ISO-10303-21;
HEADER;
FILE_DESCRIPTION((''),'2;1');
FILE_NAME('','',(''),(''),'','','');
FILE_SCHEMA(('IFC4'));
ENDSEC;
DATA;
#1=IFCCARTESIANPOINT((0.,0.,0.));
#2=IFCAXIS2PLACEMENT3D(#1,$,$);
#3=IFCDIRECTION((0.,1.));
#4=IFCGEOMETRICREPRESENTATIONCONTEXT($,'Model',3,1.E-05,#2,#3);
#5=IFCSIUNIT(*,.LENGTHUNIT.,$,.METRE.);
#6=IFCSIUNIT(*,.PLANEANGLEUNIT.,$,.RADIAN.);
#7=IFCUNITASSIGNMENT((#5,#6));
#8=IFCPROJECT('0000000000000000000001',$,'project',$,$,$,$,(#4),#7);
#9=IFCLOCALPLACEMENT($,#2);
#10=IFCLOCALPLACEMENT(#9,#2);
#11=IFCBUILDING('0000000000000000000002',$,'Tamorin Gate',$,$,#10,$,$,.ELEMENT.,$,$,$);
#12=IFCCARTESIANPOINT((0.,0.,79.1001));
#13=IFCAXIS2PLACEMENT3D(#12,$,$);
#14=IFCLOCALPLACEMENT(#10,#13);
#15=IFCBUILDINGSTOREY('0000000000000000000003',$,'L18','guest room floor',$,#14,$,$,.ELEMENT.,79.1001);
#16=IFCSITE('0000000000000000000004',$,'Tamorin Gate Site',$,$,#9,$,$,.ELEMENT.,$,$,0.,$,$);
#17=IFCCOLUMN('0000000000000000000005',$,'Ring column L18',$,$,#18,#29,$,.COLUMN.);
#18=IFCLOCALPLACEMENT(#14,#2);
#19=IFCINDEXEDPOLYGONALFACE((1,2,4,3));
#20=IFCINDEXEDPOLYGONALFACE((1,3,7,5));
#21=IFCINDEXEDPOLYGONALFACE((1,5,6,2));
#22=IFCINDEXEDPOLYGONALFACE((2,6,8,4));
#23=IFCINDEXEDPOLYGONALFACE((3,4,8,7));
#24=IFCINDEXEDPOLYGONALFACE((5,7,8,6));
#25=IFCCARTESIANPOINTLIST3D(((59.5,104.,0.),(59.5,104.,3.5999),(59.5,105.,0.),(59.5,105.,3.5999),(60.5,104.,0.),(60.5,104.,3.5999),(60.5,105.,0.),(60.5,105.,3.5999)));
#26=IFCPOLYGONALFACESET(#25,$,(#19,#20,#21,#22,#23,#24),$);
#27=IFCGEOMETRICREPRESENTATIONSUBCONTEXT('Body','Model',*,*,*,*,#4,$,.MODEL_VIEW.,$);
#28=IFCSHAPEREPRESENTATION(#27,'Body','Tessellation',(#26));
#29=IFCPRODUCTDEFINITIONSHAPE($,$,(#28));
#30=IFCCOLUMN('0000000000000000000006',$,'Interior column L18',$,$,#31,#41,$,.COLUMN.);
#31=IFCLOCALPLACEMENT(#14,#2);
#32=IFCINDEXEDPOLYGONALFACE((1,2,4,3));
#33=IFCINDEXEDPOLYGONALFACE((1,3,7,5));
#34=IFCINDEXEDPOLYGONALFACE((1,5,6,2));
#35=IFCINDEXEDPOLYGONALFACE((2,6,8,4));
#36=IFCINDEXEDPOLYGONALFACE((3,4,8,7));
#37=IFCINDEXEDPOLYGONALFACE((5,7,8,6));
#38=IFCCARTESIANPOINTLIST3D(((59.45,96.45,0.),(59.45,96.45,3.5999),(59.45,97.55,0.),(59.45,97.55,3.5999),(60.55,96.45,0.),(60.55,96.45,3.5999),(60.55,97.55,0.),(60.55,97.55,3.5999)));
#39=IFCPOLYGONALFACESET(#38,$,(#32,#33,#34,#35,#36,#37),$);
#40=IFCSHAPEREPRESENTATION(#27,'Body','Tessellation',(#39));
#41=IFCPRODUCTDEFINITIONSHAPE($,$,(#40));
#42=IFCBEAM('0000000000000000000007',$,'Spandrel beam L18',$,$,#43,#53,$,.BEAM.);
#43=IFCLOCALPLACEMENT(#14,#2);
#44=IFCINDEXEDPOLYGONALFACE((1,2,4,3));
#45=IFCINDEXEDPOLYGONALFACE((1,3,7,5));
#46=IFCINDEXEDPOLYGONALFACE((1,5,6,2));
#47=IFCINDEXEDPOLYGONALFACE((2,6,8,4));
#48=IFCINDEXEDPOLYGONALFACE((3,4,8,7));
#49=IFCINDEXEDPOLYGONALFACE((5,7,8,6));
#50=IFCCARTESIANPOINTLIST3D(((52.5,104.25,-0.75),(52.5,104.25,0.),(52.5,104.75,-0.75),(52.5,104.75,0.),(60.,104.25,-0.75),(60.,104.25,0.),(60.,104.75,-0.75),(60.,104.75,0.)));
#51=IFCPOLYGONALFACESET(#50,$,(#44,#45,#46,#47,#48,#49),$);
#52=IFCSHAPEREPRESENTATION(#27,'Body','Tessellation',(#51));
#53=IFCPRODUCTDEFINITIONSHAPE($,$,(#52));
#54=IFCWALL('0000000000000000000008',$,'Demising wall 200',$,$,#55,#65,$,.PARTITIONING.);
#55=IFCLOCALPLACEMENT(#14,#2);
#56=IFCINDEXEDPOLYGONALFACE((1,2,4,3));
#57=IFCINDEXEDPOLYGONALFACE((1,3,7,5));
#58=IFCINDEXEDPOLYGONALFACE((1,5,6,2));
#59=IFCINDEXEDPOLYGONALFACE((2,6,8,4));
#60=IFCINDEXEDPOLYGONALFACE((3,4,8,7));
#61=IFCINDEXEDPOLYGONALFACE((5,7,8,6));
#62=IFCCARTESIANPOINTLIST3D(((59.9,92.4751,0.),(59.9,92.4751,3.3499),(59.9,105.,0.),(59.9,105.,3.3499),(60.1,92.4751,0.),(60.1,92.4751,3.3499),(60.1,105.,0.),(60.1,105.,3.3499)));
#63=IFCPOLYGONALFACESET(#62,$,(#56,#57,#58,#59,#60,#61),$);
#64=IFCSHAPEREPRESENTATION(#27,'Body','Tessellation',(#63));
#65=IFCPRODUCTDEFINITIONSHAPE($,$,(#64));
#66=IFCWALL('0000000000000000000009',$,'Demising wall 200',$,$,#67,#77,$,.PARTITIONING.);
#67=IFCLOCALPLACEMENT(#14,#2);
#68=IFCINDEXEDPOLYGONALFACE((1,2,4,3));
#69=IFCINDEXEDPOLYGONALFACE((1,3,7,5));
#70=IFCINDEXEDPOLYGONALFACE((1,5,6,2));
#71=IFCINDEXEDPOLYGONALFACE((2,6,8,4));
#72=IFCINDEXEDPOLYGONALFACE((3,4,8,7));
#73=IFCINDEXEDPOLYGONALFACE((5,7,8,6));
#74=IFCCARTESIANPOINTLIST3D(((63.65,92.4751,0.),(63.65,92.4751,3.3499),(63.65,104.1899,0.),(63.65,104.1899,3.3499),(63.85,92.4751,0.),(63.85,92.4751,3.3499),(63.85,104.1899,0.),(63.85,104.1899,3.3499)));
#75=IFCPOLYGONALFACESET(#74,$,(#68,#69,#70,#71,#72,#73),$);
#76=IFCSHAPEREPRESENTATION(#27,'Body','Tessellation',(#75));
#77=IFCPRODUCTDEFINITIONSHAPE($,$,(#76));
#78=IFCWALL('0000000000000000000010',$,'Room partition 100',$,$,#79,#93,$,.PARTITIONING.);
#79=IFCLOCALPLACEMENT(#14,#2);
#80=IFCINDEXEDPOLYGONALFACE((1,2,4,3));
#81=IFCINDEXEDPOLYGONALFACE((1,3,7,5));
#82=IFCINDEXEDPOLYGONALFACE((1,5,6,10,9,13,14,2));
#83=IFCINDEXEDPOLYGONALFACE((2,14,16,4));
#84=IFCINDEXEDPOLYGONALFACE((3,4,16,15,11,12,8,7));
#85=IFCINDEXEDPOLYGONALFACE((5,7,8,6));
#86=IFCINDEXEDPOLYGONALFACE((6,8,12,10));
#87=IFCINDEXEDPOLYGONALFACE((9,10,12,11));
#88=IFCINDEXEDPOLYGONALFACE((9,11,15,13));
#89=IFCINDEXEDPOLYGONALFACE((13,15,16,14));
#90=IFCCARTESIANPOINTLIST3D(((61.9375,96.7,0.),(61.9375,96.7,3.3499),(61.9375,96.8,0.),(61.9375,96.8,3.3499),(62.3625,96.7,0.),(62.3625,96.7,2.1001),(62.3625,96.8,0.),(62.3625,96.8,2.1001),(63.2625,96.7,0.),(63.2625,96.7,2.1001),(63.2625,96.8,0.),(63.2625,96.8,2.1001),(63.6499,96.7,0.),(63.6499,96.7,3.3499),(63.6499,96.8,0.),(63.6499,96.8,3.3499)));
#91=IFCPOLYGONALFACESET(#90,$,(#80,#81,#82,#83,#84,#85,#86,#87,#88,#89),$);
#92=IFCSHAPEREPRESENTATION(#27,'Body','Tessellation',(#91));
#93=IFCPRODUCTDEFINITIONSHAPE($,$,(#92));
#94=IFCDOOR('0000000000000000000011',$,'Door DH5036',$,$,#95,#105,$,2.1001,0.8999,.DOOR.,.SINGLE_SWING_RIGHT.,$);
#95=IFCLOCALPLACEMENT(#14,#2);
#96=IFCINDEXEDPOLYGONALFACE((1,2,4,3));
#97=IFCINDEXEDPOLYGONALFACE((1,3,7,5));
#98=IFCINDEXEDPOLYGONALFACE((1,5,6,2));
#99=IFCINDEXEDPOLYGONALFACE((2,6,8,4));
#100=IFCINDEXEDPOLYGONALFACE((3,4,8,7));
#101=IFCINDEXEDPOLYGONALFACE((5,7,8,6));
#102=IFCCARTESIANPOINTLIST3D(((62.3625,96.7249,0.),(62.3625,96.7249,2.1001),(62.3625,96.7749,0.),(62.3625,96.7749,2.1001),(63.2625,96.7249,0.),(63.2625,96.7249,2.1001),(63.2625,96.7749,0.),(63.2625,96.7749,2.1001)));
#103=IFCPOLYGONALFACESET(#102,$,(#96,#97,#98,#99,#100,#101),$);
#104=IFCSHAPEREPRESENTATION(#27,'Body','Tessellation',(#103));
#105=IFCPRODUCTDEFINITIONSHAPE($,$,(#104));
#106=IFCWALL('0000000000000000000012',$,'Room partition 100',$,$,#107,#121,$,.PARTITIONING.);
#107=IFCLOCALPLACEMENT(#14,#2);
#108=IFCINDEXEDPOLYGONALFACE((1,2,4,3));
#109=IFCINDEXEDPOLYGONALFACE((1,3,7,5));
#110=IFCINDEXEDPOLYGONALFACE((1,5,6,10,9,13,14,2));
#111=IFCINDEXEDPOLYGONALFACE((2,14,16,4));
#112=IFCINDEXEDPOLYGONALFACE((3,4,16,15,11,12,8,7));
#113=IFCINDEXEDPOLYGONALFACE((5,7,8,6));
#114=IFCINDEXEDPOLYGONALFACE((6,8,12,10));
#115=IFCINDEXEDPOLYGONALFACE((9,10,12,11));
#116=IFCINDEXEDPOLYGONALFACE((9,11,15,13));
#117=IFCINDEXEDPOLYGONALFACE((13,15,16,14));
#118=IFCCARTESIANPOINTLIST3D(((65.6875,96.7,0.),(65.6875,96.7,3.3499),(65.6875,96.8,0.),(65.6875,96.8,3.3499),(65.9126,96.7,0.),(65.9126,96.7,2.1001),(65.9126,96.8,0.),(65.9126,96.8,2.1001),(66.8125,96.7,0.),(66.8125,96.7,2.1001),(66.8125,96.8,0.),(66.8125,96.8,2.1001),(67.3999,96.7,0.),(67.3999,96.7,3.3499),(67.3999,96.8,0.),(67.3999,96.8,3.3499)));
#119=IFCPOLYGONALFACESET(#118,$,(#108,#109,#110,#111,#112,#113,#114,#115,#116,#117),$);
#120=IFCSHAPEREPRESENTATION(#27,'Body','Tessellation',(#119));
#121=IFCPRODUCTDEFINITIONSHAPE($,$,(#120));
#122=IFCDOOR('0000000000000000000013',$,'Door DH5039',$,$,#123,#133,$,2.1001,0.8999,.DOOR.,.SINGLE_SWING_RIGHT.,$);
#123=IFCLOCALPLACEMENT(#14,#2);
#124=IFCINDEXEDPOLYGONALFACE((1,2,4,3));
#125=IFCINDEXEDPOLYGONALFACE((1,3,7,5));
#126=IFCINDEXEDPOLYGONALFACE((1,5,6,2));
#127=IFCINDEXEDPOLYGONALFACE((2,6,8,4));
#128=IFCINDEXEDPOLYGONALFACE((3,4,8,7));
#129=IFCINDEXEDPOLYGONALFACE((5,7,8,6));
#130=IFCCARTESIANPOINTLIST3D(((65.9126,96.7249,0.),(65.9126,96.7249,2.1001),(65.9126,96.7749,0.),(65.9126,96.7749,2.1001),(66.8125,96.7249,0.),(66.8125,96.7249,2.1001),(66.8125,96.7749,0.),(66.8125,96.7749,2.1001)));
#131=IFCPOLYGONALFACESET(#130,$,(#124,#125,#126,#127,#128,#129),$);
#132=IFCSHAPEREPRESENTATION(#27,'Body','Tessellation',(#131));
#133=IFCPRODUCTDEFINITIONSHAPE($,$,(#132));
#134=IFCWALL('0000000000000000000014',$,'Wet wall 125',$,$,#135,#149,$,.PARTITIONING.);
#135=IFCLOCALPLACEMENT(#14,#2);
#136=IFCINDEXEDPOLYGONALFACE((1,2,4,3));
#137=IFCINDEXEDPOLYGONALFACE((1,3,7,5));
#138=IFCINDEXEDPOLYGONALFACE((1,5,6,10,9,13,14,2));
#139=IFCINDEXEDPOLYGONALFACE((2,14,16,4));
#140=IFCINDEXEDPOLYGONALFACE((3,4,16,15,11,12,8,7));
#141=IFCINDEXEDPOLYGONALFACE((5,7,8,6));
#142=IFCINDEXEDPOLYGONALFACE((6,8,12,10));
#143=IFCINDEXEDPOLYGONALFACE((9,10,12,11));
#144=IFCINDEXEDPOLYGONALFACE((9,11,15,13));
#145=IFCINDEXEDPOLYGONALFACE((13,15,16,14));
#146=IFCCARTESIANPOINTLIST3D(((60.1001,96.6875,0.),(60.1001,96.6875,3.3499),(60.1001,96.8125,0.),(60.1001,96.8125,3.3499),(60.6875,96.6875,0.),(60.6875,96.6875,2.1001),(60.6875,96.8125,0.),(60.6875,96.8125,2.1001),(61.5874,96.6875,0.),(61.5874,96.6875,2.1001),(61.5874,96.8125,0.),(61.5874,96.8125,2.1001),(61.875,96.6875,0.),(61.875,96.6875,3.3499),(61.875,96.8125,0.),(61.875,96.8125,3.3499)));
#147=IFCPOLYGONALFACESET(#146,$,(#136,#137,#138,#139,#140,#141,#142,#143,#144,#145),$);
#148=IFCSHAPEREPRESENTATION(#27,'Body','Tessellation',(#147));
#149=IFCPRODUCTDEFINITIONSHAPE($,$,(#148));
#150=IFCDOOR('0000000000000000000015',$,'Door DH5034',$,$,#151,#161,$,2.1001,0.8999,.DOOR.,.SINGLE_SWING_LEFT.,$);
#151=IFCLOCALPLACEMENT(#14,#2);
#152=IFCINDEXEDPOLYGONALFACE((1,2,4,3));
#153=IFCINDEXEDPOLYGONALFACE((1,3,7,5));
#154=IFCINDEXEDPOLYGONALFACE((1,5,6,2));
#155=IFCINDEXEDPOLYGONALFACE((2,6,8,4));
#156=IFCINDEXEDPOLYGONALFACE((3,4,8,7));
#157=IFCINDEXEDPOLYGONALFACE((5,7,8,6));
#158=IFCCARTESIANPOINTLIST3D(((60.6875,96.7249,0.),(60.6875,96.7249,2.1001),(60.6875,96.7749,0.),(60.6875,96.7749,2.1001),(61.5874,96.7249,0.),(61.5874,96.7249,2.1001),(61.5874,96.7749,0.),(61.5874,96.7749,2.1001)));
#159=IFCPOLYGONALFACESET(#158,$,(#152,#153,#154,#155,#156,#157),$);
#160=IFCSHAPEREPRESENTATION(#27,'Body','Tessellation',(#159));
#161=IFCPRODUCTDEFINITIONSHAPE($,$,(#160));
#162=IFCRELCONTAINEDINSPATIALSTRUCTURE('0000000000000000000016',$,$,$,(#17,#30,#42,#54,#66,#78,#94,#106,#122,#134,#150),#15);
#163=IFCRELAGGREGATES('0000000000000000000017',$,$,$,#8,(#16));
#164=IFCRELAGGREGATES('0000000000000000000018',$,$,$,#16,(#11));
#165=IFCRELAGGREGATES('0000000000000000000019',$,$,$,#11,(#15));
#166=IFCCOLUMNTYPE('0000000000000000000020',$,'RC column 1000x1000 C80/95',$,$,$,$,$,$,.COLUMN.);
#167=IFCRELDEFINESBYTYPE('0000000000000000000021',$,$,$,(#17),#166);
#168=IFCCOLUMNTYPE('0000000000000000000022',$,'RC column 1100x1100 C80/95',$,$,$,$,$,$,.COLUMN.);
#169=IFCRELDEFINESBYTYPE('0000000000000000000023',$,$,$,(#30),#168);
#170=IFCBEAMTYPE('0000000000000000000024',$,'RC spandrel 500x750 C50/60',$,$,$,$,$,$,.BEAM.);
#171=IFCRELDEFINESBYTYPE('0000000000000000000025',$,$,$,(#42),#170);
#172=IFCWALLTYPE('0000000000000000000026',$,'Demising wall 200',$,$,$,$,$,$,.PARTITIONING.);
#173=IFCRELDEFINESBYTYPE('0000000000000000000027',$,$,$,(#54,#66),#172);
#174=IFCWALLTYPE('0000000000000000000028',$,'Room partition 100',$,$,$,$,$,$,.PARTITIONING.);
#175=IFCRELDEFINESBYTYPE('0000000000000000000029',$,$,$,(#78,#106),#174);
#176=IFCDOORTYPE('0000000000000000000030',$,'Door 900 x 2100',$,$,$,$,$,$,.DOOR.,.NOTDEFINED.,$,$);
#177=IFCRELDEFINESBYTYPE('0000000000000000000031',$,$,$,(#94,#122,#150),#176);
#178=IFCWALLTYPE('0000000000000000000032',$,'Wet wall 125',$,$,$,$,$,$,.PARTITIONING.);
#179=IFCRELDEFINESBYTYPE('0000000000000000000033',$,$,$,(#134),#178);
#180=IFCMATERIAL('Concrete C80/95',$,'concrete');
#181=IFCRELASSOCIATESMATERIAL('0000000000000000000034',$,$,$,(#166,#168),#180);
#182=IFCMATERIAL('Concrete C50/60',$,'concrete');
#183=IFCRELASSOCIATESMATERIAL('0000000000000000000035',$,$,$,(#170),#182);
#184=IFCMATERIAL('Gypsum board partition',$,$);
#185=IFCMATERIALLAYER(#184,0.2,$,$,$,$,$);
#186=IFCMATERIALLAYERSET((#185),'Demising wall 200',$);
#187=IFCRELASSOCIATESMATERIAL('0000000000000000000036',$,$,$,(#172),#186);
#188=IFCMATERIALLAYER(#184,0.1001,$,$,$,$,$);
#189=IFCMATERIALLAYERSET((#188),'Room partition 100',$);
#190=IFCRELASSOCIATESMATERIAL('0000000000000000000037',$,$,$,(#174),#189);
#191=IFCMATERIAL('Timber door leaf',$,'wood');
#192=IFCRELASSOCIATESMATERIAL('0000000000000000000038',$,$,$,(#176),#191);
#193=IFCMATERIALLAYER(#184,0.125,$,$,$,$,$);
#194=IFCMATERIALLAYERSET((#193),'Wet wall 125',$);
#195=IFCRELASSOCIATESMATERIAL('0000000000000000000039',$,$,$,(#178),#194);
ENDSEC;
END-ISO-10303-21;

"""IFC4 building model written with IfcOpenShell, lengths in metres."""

from ifc_helpers import new_model, si_unit, direction, frame, frame_2d, origin, origin_2d, place, context, subcontext, project, spatial, rectangle, extrude, material, layer, layer_set, material_profile, profile_set, type_object, element, fill, save


model = new_model("IFC4")

# Units and contexts
model_context = context("Model", 3, precision=1e-05, world=origin(), true_north=direction((0.0, 1.0)))
body_context = subcontext(model_context, "Body", "Model", "MODEL_VIEW")
ifc_project = project(units=[si_unit("LENGTHUNIT", "METRE"), si_unit("PLANEANGLEUNIT", "RADIAN")], contexts=[model_context])

# Site, building, storey
site_placement = place(None, origin())
site = spatial("IfcSite", under=ifc_project, at=site_placement, Name="Tamorin Gate Site", CompositionType="ELEMENT", RefElevation=0.0)
building_placement = place(site_placement, origin())
building = spatial("IfcBuilding", under=site, at=building_placement, Name="Tamorin Gate", CompositionType="ELEMENT")
storey_placement = place(building_placement, frame((0.0, 0.0, 79.1001)))
storey = spatial("IfcBuildingStorey", under=building, at=storey_placement, Name="L18", Description="guest room floor", CompositionType="ELEMENT", Elevation=79.1001)

# Columns
ifc_material_1 = material(Name="Concrete C80/95", Category="concrete")
ifc_material_profile_1 = material_profile(ifc_material_1, rectangle(XDim=1.0, YDim=1.0, at=origin_2d()), Name="RC 1000x1000")
ifc_profile_set_1 = profile_set([ifc_material_profile_1], Name="Concrete C80/95")
column_type_1 = type_object("IfcColumnType", Name="RC column 1000x1000 C80/95", PredefinedType="COLUMN", material=ifc_profile_set_1)
column_1_placement = place(storey_placement, frame((60.0, 104.5, 0.0), z_axis=(0.0, 0.0, 1.0), x_axis=(1.0, 0.0, 0.0)))
element("IfcColumn", 1, at=column_1_placement, inside=storey, type_object=column_type_1, Name="Ring column L18", PredefinedType="COLUMN", context=body_context, shape_type="SweptSolid", body=[
    extrude(rectangle(XDim=1.0, YDim=1.0, at=origin_2d()), origin(), (0.0, 0.0, 1.0), 3.5999),
])
ifc_material_profile_2 = material_profile(ifc_material_1, rectangle(XDim=1.1001, YDim=1.1001, at=origin_2d()), Name="RC 1100x1100")
ifc_profile_set_2 = profile_set([ifc_material_profile_2], Name="Concrete C80/95")
column_type_2 = type_object("IfcColumnType", Name="RC column 1100x1100 C80/95", PredefinedType="COLUMN", material=ifc_profile_set_2)
column_2_placement = place(storey_placement, frame((60.0, 97.0, 0.0), z_axis=(0.0, 0.0, 1.0), x_axis=(1.0, 0.0, 0.0)))
element("IfcColumn", 2, at=column_2_placement, inside=storey, type_object=column_type_2, Name="Interior column L18", PredefinedType="COLUMN", context=body_context, shape_type="SweptSolid", body=[
    extrude(rectangle(XDim=1.1001, YDim=1.1001, at=origin_2d()), origin(), (0.0, 0.0, 1.0), 3.5999),
])

# Beam
ifc_material_2 = material(Name="Concrete C50/60", Category="concrete")
ifc_material_profile_3 = material_profile(ifc_material_2, rectangle(XDim=0.5, YDim=0.75, at=origin_2d()), Name="RC 500x750")
ifc_profile_set_3 = profile_set([ifc_material_profile_3], Name="Concrete C50/60")
beam_type = type_object("IfcBeamType", Name="RC spandrel 500x750 C50/60", PredefinedType="BEAM", material=ifc_profile_set_3)
beam_placement = place(storey_placement, frame((60.0, 104.5, -0.375), z_axis=(-1.0, 0.0, 0.0), x_axis=(0.0, -1.0, 0.0)))
element("IfcBeam", 3, at=beam_placement, inside=storey, type_object=beam_type, Name="Spandrel beam L18", PredefinedType="BEAM", context=body_context, shape_type="SweptSolid", body=[
    extrude(rectangle(XDim=0.5, YDim=0.75, at=origin_2d()), origin(), (0.0, 0.0, 1.0), 7.5),
])

# Walls
ifc_material_3 = material(Name="Gypsum board partition")
ifc_layer_1 = layer(ifc_material_3, 0.2)
ifc_layer_set_1 = layer_set([ifc_layer_1], Name="Demising wall 200")
wall_type_1 = type_object("IfcWallType", Name="Demising wall 200", PredefinedType="PARTITIONING", material=ifc_layer_set_1)
wall_1_placement = place(storey_placement, frame((60.0, 92.4751, 0.0), z_axis=(0.0, 0.0, 1.0), x_axis=(0.0, 1.0, 0.0)))
element("IfcWall", 4, at=wall_1_placement, inside=storey, type_object=wall_type_1, Name="Demising wall 200", PredefinedType="PARTITIONING", context=body_context, shape_type="SweptSolid", body=[
    extrude(rectangle(XDim=12.5249, YDim=0.2, at=frame_2d((6.2625, 0.0))), origin(), (0.0, 0.0, 1.0), 3.3499),
])
wall_2_placement = place(storey_placement, frame((63.75, 92.4751, 0.0), z_axis=(0.0, 0.0, 1.0), x_axis=(0.0, 1.0, 0.0)))
element("IfcWall", 5, at=wall_2_placement, inside=storey, type_object=wall_type_1, Name="Demising wall 200", PredefinedType="PARTITIONING", context=body_context, shape_type="SweptSolid", body=[
    extrude(rectangle(XDim=11.7148, YDim=0.2, at=frame_2d((5.8574, 0.0))), origin(), (0.0, 0.0, 1.0), 3.3499),
])

# Walls, openings, doors
ifc_layer_2 = layer(ifc_material_3, 0.1001)
ifc_layer_set_2 = layer_set([ifc_layer_2], Name="Room partition 100")
wall_type_2 = type_object("IfcWallType", Name="Room partition 100", PredefinedType="PARTITIONING", material=ifc_layer_set_2)
wall_3_placement = place(storey_placement, frame((61.9375, 96.75, 0.0), z_axis=(0.0, 0.0, 1.0), x_axis=(1.0, 0.0, 0.0)))
wall_3 = element("IfcWall", 6, at=wall_3_placement, inside=storey, type_object=wall_type_2, Name="Room partition 100", PredefinedType="PARTITIONING", context=body_context, shape_type="SweptSolid", body=[
    extrude(rectangle(XDim=1.7124, YDim=0.1001, at=frame_2d((0.8562, 0.0))), origin(), (0.0, 0.0, 1.0), 3.3499),
])
opening_1_placement = place(wall_3_placement, frame((0.425, 0.0, 0.0)))
opening_1 = element("IfcOpeningElement", 7, at=opening_1_placement, cuts=wall_3, PredefinedType="OPENING", context=body_context, shape_type="SweptSolid", body=[
    extrude(rectangle(XDim=0.8999, YDim=2.1001, at=frame_2d((0.45, 1.05))), frame((0.0, 0.0601, 0.0), z_axis=(0.0, -1.0, 0.0), x_axis=(1.0, 0.0, 0.0)), (0.0, 0.0, 1.0), 0.1201),
])
ifc_material_4 = material(Name="Timber door leaf", Category="wood")
door_type = type_object("IfcDoorType", Name="Door 900 x 2100", OperationType="NOTDEFINED", PredefinedType="DOOR", material=ifc_material_4)
door_1_placement = place(opening_1_placement, origin())
door_1 = element("IfcDoor", 8, at=door_1_placement, inside=storey, type_object=door_type, Name="Door DH5036", OperationType="SINGLE_SWING_RIGHT", OverallHeight=2.1001, OverallWidth=0.8999, PredefinedType="DOOR", context=body_context, shape_type="SweptSolid", body=[
    extrude(rectangle(XDim=0.8999, YDim=2.1001, at=frame_2d((0.45, 1.05))), frame((0.0, 0.0249, 0.0), z_axis=(0.0, -1.0, 0.0), x_axis=(1.0, 0.0, 0.0)), (0.0, 0.0, 1.0), 0.05),
])
fill(opening_1, door_1)
wall_4_placement = place(storey_placement, frame((65.6875, 96.75, 0.0), z_axis=(0.0, 0.0, 1.0), x_axis=(1.0, 0.0, 0.0)))
wall_4 = element("IfcWall", 9, at=wall_4_placement, inside=storey, type_object=wall_type_2, Name="Room partition 100", PredefinedType="PARTITIONING", context=body_context, shape_type="SweptSolid", body=[
    extrude(rectangle(XDim=1.7124, YDim=0.1001, at=frame_2d((0.8562, 0.0))), origin(), (0.0, 0.0, 1.0), 3.3499),
])
opening_2_placement = place(wall_4_placement, frame((0.2251, 0.0, 0.0)))
opening_2 = element("IfcOpeningElement", 10, at=opening_2_placement, cuts=wall_4, PredefinedType="OPENING", context=body_context, shape_type="SweptSolid", body=[
    extrude(rectangle(XDim=0.8999, YDim=2.1001, at=frame_2d((0.45, 1.05))), frame((0.0, 0.0601, 0.0), z_axis=(0.0, -1.0, 0.0), x_axis=(1.0, 0.0, 0.0)), (0.0, 0.0, 1.0), 0.1201),
])
door_2_placement = place(opening_2_placement, origin())
door_2 = element("IfcDoor", 11, at=door_2_placement, inside=storey, type_object=door_type, Name="Door DH5039", OperationType="SINGLE_SWING_RIGHT", OverallHeight=2.1001, OverallWidth=0.8999, PredefinedType="DOOR", context=body_context, shape_type="SweptSolid", body=[
    extrude(rectangle(XDim=0.8999, YDim=2.1001, at=frame_2d((0.45, 1.05))), frame((0.0, 0.0249, 0.0), z_axis=(0.0, -1.0, 0.0), x_axis=(1.0, 0.0, 0.0)), (0.0, 0.0, 1.0), 0.05),
])
fill(opening_2, door_2)
ifc_layer_3 = layer(ifc_material_3, 0.125)
ifc_layer_set_3 = layer_set([ifc_layer_3], Name="Wet wall 125")
wall_type_3 = type_object("IfcWallType", Name="Wet wall 125", PredefinedType="PARTITIONING", material=ifc_layer_set_3)
wall_5_placement = place(storey_placement, frame((60.1001, 96.75, 0.0), z_axis=(0.0, 0.0, 1.0), x_axis=(1.0, 0.0, 0.0)))
wall_5 = element("IfcWall", 12, at=wall_5_placement, inside=storey, type_object=wall_type_3, Name="Wet wall 125", PredefinedType="PARTITIONING", context=body_context, shape_type="SweptSolid", body=[
    extrude(rectangle(XDim=1.7749, YDim=0.125, at=frame_2d((0.8875, 0.0))), origin(), (0.0, 0.0, 1.0), 3.3499),
])
opening_3_placement = place(wall_5_placement, frame((0.5874, 0.0, 0.0)))
opening_3 = element("IfcOpeningElement", 13, at=opening_3_placement, cuts=wall_5, PredefinedType="OPENING", context=body_context, shape_type="SweptSolid", body=[
    extrude(rectangle(XDim=0.8999, YDim=2.1001, at=frame_2d((0.45, 1.05))), frame((0.0, 0.0725, 0.0), z_axis=(0.0, -1.0, 0.0), x_axis=(1.0, 0.0, 0.0)), (0.0, 0.0, 1.0), 0.145),
])
door_3_placement = place(opening_3_placement, origin())
door_3 = element("IfcDoor", 14, at=door_3_placement, inside=storey, type_object=door_type, Name="Door DH5034", OperationType="SINGLE_SWING_LEFT", OverallHeight=2.1001, OverallWidth=0.8999, PredefinedType="DOOR", context=body_context, shape_type="SweptSolid", body=[
    extrude(rectangle(XDim=0.8999, YDim=2.1001, at=frame_2d((0.45, 1.05))), frame((0.0, 0.0249, 0.0), z_axis=(0.0, -1.0, 0.0), x_axis=(1.0, 0.0, 0.0)), (0.0, 0.0, 1.0), 0.05),
])
fill(opening_3, door_3)

save(model, "model.ifc")
